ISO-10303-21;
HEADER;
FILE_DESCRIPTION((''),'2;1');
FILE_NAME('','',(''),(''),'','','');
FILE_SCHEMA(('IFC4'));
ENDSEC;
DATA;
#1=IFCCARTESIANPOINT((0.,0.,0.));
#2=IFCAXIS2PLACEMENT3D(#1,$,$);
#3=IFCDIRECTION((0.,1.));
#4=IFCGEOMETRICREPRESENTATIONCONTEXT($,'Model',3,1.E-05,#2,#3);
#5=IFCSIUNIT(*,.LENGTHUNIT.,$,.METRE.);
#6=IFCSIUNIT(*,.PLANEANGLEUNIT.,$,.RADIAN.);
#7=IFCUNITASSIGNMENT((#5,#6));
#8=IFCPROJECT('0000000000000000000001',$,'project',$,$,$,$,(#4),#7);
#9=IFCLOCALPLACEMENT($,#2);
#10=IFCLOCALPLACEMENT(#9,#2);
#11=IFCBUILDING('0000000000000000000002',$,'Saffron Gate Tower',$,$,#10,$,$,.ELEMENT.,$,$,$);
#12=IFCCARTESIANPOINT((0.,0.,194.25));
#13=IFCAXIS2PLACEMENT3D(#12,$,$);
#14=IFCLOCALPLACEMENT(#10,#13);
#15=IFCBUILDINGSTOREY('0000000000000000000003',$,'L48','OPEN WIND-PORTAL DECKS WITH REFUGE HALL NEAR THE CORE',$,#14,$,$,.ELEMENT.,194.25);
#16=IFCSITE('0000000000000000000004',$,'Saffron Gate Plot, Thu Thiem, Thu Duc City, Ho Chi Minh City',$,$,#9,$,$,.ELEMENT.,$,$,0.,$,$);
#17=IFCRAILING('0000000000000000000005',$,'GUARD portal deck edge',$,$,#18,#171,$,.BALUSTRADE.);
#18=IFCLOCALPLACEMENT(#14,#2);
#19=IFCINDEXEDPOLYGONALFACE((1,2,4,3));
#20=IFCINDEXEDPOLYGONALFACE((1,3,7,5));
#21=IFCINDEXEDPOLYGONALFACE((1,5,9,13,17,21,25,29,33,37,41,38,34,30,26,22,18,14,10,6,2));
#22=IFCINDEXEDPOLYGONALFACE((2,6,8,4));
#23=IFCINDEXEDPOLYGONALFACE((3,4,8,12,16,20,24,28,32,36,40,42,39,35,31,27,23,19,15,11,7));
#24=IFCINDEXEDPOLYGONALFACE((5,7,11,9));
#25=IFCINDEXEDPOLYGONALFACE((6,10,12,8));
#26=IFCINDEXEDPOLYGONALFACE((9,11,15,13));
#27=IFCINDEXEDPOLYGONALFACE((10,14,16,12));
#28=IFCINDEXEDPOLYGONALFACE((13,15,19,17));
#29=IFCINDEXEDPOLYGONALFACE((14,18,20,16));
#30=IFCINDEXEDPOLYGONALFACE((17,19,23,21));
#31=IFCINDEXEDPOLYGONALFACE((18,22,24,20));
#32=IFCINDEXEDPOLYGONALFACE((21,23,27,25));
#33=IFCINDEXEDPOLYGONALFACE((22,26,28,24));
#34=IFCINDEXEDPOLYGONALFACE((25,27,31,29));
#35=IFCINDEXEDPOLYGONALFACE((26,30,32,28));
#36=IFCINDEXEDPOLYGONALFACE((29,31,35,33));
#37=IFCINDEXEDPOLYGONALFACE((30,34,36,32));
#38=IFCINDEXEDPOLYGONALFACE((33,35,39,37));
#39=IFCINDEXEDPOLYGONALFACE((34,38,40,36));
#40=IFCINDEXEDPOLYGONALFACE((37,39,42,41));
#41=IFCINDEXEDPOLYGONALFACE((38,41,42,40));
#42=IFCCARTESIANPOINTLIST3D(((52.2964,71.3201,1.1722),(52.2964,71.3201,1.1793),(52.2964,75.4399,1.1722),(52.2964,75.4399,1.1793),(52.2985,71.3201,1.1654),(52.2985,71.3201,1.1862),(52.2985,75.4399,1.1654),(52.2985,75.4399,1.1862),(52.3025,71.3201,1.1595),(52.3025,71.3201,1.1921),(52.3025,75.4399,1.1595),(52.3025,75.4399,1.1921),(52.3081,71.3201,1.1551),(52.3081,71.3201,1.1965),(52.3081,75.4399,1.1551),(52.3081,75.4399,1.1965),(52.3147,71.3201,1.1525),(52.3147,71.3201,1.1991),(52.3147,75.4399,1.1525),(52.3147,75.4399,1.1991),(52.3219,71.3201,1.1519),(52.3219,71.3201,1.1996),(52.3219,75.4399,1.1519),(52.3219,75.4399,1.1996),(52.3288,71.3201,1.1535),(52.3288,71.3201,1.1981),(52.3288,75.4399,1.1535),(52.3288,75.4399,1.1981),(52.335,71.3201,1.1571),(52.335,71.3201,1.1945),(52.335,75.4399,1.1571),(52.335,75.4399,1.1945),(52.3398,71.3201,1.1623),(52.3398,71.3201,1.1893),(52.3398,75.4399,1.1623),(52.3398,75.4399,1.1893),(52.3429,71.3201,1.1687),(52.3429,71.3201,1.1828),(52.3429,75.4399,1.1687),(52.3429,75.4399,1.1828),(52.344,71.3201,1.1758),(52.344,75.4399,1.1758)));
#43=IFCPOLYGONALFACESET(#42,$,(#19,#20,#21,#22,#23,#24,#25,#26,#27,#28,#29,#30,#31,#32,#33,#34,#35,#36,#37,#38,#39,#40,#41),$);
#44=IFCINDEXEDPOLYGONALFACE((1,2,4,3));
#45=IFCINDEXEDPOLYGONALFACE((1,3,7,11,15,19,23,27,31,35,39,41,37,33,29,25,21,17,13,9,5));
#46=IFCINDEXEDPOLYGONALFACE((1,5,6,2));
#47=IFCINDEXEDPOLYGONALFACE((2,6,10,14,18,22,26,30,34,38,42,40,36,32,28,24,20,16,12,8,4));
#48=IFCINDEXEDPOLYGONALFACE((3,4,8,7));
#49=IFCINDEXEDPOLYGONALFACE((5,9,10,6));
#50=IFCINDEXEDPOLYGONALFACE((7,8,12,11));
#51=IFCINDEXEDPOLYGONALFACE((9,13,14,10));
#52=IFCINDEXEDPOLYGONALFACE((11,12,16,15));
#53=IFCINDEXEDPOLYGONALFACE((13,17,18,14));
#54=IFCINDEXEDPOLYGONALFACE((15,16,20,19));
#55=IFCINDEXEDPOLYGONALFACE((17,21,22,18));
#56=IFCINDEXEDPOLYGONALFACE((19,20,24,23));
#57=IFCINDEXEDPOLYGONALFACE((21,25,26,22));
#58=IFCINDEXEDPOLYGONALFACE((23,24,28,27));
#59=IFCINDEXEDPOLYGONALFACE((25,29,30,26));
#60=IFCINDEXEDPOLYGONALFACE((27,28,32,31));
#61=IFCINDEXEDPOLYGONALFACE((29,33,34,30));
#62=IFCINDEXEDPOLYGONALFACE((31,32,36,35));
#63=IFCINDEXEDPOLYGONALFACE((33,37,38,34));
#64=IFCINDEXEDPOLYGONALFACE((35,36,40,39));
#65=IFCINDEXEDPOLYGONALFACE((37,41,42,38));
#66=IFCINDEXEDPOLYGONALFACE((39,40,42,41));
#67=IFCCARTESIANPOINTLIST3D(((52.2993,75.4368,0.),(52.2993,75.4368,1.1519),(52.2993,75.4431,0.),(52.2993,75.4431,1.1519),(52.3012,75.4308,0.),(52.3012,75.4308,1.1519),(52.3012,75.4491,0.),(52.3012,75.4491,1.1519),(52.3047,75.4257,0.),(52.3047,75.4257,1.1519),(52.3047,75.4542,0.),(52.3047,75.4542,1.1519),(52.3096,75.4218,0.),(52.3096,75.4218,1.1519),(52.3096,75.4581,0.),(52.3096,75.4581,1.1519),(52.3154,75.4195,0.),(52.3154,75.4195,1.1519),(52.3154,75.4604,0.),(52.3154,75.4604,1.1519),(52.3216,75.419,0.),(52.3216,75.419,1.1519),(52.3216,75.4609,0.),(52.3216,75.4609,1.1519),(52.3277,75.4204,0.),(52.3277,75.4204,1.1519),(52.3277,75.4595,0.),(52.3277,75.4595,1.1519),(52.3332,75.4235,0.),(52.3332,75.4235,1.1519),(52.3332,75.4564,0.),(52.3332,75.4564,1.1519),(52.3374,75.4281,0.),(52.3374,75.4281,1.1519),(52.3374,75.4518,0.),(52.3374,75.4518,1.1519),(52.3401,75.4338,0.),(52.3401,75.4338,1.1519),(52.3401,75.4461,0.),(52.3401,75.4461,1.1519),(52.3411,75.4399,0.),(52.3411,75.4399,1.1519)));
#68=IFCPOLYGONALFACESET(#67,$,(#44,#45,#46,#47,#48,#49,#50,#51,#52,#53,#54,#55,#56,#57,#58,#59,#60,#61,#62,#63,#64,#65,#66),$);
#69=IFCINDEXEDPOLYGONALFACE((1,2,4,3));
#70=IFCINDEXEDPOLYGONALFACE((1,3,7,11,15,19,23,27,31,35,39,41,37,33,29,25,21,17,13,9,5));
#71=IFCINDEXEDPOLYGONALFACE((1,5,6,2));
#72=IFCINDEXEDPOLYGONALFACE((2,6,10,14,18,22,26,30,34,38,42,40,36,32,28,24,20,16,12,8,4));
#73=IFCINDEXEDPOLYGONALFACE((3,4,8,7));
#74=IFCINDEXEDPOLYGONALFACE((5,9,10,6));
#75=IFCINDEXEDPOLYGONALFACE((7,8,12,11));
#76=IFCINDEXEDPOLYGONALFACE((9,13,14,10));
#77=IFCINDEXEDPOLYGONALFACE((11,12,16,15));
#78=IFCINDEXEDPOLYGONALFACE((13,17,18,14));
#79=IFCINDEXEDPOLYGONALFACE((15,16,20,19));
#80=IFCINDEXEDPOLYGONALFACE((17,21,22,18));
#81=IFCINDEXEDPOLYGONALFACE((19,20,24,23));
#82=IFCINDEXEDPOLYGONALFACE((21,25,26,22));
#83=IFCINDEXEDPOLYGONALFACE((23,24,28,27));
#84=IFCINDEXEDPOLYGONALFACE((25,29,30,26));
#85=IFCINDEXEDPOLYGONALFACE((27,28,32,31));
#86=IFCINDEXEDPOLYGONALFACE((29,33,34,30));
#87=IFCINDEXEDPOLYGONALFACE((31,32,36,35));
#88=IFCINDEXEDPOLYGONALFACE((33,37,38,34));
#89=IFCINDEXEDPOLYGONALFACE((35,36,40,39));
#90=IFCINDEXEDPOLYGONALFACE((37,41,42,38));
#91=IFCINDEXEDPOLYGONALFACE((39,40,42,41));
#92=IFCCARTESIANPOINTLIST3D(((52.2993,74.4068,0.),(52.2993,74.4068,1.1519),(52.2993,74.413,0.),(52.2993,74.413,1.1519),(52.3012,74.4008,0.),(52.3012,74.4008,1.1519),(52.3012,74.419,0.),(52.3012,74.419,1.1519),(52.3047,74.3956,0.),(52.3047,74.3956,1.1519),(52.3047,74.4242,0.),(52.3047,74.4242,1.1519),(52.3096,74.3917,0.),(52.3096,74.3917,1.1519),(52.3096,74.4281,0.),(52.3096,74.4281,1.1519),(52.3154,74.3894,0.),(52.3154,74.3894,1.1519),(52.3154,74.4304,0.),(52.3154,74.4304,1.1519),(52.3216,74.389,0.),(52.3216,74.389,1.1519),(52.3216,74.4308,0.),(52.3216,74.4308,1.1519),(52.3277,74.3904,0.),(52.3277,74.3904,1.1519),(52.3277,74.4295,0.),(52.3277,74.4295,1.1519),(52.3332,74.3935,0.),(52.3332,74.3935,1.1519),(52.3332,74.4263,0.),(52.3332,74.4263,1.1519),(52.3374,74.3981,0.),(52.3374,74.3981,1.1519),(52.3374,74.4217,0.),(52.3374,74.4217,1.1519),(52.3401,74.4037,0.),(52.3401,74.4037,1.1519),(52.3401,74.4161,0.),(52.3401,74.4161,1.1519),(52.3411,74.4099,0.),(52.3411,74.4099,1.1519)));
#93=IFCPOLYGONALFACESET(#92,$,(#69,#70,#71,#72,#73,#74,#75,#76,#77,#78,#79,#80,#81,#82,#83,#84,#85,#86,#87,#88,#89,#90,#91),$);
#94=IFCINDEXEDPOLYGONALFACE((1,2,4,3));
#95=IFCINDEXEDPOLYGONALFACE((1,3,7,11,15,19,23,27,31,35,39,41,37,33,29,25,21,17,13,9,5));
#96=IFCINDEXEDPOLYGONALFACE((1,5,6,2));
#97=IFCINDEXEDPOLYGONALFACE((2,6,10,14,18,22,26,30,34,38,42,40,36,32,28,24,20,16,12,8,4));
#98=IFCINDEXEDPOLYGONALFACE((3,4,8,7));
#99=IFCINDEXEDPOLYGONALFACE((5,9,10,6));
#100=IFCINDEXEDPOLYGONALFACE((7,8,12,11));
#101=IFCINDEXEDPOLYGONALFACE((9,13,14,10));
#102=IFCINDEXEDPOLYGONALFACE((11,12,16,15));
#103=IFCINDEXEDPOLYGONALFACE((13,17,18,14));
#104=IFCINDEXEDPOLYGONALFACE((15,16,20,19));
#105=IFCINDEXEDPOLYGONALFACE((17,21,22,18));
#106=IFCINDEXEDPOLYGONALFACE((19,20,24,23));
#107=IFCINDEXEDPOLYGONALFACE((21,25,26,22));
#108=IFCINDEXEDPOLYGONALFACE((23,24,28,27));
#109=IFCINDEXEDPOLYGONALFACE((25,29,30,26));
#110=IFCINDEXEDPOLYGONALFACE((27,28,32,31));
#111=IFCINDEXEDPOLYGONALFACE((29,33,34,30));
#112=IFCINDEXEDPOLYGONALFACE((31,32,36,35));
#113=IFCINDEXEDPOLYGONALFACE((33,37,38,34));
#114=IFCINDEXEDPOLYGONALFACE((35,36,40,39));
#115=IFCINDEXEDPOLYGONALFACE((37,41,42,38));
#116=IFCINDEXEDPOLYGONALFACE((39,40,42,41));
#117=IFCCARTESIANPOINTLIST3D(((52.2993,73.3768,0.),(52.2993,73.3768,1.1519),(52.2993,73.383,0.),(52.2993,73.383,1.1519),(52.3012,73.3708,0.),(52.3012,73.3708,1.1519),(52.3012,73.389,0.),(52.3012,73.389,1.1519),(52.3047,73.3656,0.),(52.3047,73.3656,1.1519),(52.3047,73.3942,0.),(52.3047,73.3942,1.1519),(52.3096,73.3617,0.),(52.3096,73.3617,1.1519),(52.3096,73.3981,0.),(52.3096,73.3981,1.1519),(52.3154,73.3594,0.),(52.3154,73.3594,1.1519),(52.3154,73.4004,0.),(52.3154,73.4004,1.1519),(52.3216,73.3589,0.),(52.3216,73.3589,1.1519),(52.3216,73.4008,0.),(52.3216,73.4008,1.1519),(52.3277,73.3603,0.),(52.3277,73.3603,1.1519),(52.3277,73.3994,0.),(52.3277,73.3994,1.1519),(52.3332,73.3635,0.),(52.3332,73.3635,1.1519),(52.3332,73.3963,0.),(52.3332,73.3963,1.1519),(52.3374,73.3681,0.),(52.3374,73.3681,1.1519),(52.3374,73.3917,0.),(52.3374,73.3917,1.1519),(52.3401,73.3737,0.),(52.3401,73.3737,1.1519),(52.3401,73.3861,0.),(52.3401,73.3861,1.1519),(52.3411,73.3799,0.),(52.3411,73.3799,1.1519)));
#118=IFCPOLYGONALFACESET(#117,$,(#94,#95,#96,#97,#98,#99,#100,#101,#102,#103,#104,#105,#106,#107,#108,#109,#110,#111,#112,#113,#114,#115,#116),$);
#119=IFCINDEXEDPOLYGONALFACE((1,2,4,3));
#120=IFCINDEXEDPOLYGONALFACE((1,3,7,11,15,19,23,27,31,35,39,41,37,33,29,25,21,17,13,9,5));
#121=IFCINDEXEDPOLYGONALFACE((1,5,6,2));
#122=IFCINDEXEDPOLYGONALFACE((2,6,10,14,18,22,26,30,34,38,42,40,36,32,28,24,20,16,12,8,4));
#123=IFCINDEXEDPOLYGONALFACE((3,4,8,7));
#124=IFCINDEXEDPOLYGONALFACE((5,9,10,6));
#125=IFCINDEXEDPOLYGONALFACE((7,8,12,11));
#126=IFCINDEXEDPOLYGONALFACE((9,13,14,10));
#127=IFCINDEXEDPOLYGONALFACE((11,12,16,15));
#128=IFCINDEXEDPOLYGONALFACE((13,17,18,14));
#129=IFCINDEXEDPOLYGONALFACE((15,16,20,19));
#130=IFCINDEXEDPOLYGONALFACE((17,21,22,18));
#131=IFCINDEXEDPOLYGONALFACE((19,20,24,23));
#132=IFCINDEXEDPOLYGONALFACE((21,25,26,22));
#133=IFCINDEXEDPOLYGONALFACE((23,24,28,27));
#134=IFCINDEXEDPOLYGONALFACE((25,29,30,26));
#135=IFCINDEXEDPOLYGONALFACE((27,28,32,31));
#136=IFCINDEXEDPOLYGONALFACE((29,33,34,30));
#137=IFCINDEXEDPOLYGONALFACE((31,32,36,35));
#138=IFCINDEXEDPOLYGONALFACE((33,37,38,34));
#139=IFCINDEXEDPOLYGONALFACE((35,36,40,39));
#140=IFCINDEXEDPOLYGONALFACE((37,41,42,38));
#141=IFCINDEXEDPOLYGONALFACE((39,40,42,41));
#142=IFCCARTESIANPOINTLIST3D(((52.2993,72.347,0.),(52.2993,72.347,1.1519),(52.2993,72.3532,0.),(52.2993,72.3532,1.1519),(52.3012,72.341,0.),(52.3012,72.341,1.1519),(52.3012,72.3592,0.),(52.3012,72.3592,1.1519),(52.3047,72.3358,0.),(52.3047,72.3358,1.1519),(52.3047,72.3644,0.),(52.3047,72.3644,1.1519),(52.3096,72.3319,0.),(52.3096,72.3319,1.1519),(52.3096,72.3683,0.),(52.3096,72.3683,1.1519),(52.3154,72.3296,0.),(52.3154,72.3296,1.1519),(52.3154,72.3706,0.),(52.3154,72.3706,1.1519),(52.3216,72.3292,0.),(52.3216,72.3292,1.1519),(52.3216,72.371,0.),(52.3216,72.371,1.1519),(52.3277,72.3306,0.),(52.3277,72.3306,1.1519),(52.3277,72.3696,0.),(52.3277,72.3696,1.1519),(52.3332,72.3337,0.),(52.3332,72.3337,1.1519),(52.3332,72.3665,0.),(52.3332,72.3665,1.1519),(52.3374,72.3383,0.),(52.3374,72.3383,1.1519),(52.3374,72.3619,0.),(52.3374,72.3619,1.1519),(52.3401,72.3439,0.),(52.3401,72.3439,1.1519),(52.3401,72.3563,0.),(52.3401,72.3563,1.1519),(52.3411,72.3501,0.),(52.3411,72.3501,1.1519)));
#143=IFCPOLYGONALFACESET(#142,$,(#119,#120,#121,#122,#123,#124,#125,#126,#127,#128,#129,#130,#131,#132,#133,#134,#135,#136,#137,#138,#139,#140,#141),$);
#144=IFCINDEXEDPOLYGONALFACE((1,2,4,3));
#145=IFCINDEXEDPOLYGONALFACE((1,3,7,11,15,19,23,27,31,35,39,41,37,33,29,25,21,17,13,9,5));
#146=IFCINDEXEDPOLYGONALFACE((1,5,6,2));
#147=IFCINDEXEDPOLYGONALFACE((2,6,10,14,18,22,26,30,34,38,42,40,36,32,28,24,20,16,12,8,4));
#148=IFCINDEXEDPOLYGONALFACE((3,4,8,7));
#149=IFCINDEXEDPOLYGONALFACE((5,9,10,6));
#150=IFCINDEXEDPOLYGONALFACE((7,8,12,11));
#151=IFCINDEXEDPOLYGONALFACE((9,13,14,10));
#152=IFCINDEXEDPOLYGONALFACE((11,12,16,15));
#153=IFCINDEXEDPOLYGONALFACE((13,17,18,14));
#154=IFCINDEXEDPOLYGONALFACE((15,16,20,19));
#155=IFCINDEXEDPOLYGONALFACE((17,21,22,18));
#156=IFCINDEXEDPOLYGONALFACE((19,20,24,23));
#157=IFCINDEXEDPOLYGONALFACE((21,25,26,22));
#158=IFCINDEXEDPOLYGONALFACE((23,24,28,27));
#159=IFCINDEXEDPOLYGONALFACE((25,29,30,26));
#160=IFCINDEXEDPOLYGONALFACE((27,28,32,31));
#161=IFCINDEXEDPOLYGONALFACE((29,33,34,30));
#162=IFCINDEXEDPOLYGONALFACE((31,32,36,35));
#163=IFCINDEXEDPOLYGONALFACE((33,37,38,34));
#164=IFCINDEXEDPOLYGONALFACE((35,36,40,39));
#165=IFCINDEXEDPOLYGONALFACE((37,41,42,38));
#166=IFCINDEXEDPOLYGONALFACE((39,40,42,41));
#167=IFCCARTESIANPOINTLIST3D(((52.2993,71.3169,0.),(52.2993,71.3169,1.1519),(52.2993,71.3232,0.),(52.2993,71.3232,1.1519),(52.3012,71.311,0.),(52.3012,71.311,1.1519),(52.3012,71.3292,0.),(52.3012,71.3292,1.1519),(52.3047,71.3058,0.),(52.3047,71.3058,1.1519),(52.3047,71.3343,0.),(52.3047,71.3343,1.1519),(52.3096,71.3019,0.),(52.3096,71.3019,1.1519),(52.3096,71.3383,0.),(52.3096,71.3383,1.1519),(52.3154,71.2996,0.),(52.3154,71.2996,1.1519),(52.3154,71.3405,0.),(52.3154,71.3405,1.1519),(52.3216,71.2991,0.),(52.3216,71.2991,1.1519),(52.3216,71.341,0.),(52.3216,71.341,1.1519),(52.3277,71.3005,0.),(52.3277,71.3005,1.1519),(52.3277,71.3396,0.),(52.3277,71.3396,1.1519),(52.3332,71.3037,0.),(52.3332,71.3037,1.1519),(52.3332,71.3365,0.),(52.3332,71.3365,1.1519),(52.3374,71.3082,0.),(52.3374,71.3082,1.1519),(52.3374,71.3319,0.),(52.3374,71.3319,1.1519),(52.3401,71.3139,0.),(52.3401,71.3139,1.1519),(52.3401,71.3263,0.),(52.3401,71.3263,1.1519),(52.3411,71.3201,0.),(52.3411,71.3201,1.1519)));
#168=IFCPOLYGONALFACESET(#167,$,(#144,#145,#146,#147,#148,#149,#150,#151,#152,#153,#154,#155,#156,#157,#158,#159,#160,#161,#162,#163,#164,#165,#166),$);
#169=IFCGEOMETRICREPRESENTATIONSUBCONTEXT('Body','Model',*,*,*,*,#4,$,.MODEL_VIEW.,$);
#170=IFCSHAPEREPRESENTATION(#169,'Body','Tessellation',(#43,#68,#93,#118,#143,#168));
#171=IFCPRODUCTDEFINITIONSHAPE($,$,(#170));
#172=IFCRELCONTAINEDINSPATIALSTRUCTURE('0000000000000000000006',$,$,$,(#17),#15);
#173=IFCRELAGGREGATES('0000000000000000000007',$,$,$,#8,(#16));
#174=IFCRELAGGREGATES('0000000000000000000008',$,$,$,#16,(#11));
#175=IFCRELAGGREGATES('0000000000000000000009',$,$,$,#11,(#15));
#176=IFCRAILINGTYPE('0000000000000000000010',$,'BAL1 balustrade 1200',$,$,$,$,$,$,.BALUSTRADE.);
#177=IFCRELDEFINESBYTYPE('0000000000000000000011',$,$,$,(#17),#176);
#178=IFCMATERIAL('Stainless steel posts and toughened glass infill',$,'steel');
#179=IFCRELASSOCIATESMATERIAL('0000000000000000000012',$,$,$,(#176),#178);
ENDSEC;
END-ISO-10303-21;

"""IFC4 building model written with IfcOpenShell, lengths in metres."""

from ifc_helpers import new_model, si_unit, direction, frame, origin, origin_2d, place, context, subcontext, project, spatial, circle, extrude, material, type_object, element, save


model = new_model("IFC4")

# Units and contexts
model_context = context("Model", 3, precision=1e-05, world=origin(), true_north=direction((0.0, 1.0)))
body_context = subcontext(model_context, "Body", "Model", "MODEL_VIEW")
ifc_project = project(units=[si_unit("LENGTHUNIT", "METRE"), si_unit("PLANEANGLEUNIT", "RADIAN")], contexts=[model_context])

# Site, building, storey
site_placement = place(None, origin())
site = spatial("IfcSite", under=ifc_project, at=site_placement, Name="Saffron Gate Plot, Thu Thiem, Thu Duc City, Ho Chi Minh City", CompositionType="ELEMENT", RefElevation=0.0)
building_placement = place(site_placement, origin())
building = spatial("IfcBuilding", under=site, at=building_placement, Name="Saffron Gate Tower", CompositionType="ELEMENT")
storey_placement = place(building_placement, frame((0.0, 0.0, 194.25)))
storey = spatial("IfcBuildingStorey", under=building, at=storey_placement, Name="L48", Description="OPEN WIND-PORTAL DECKS WITH REFUGE HALL NEAR THE CORE", CompositionType="ELEMENT", Elevation=194.25)

# Railing
ifc_material_1 = material(Name="Stainless steel posts and toughened glass infill", Category="steel")
railing_type = type_object("IfcRailingType", Name="BAL1 balustrade 1200", PredefinedType="BALUSTRADE", material=ifc_material_1)
railing_1_placement = place(storey_placement, frame((52.3201, 75.4399, 0.0)))
element("IfcRailing", 1, at=railing_1_placement, inside=storey, type_object=railing_type, Name="GUARD portal deck edge", PredefinedType="BALUSTRADE", context=body_context, shape_type="SweptSolid", body=[
    extrude(circle(Radius=0.0239, at=origin_2d()), frame((0.0, 0.0, 1.1758), z_axis=(0.0, -1.0, 0.0), x_axis=(1.0, 0.0, 0.0)), (0.0, 0.0, 1.0), 4.1199),
    extrude(circle(Radius=0.021, at=origin_2d()), origin(), (0.0, 0.0, 1.0), 1.1519),
    extrude(circle(Radius=0.021, at=origin_2d()), frame((0.0, -1.03, 0.0)), (0.0, 0.0, 1.0), 1.1519),
    extrude(circle(Radius=0.021, at=origin_2d()), frame((0.0, -2.0601, 0.0)), (0.0, 0.0, 1.0), 1.1519),
    extrude(circle(Radius=0.021, at=origin_2d()), frame((0.0, -3.0898, 0.0)), (0.0, 0.0, 1.0), 1.1519),
    extrude(circle(Radius=0.021, at=origin_2d()), frame((0.0, -4.1199, 0.0)), (0.0, 0.0, 1.0), 1.1519),
])

save(model, "model.ifc")
